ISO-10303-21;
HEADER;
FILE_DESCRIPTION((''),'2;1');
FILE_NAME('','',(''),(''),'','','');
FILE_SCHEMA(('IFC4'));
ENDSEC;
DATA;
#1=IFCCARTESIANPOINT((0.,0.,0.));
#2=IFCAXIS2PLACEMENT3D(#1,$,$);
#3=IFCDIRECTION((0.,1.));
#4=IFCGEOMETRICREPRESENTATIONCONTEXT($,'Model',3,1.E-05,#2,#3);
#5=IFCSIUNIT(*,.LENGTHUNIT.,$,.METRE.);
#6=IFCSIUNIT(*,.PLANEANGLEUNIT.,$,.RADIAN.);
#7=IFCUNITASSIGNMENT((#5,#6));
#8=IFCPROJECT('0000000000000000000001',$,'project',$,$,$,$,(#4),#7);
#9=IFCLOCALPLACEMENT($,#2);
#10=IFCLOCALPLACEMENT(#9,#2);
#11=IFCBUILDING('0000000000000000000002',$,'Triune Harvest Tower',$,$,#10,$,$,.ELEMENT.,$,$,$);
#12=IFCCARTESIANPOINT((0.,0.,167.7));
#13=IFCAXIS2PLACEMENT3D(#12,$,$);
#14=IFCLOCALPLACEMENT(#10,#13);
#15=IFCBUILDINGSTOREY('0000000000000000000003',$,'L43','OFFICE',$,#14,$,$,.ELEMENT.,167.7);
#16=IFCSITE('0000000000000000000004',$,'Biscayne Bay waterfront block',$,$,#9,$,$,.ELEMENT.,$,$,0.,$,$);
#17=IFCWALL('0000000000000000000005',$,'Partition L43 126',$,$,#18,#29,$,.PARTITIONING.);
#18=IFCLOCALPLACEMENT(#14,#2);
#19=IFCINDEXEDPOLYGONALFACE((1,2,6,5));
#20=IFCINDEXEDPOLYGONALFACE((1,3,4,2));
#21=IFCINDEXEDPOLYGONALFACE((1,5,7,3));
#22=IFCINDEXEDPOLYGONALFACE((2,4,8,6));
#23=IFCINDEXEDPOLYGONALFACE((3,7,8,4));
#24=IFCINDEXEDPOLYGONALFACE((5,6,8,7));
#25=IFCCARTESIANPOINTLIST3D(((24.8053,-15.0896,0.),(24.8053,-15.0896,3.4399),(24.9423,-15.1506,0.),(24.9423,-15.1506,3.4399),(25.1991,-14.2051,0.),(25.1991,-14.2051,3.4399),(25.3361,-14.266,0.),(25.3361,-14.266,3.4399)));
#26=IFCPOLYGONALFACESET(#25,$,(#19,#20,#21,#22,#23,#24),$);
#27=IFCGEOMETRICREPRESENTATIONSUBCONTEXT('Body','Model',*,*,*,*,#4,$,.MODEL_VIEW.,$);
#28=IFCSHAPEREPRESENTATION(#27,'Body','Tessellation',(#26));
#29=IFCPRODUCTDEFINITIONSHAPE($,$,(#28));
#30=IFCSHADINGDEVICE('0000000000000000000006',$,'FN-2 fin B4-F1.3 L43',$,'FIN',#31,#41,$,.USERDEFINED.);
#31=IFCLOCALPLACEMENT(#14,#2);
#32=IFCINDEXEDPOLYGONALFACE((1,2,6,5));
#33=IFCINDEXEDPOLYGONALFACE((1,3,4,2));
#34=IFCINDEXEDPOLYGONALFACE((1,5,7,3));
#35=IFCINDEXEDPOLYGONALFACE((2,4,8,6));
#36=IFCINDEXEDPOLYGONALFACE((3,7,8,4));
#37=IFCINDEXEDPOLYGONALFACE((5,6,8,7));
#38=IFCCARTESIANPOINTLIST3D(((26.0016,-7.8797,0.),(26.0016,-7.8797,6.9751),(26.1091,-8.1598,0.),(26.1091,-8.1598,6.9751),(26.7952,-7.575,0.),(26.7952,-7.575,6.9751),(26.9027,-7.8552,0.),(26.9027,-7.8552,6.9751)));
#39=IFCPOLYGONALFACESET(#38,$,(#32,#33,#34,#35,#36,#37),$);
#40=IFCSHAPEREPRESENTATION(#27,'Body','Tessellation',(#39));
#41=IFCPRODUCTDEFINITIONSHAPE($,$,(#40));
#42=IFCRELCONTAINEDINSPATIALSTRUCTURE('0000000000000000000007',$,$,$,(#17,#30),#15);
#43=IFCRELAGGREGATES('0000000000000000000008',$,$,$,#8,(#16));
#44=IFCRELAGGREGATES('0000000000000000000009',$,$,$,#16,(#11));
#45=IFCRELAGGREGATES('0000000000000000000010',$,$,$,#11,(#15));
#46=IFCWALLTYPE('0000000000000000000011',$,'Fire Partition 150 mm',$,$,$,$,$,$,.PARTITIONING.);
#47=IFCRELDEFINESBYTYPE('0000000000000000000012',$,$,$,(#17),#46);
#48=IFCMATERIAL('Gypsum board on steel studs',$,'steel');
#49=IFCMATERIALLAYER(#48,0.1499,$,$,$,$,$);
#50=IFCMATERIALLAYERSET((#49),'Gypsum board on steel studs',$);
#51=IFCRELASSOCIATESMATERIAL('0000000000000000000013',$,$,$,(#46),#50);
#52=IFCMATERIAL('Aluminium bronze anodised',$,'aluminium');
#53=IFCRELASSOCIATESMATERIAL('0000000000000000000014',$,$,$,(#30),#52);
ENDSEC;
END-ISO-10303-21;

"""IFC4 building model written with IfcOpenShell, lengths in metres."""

from ifc_helpers import new_model, si_unit, direction, frame, frame_2d, origin, origin_2d, place, context, subcontext, project, spatial, rectangle, extrude, source, transform, mapped, material, layer, layer_set, type_object, element, save


model = new_model("IFC4")

# Units and contexts
model_context = context("Model", 3, precision=1e-05, world=origin(), true_north=direction((0.0, 1.0)))
body_context = subcontext(model_context, "Body", "Model", "MODEL_VIEW")
ifc_project = project(units=[si_unit("LENGTHUNIT", "METRE"), si_unit("PLANEANGLEUNIT", "RADIAN")], contexts=[model_context])

# Site, building, storey
site_placement = place(None, origin())
site = spatial("IfcSite", under=ifc_project, at=site_placement, Name="Biscayne Bay waterfront block", CompositionType="ELEMENT", RefElevation=0.0)
building_placement = place(site_placement, origin())
building = spatial("IfcBuilding", under=site, at=building_placement, Name="Triune Harvest Tower", CompositionType="ELEMENT")
storey_placement = place(building_placement, frame((0.0, 0.0, 167.7)))
storey = spatial("IfcBuildingStorey", under=building, at=storey_placement, Name="L43", Description="OFFICE", CompositionType="ELEMENT", Elevation=167.7)

# Shared definitions
ifc_material_1 = material(Name="Gypsum board on steel studs", Category="steel")
ifc_layer_1 = layer(ifc_material_1, 0.1499)
ifc_layer_set_1 = layer_set([ifc_layer_1], Name="Gypsum board on steel studs")
wall_type_1 = type_object("IfcWallType", Name="Fire Partition 150 mm", PredefinedType="PARTITIONING", material=ifc_layer_set_1)

# Wall
shared_shape_1 = source(origin(), body_context, "Body", "SweptSolid", [
    extrude(rectangle(XDim=0.9683, YDim=0.1499, at=frame_2d((0.4841, 0.0))), origin(), (0.0, 0.0, 1.0), 3.4399),
])
wall_1_placement = place(storey_placement, frame((24.8738, -15.1201, 0.0), z_axis=(0.0, 0.0, 1.0), x_axis=(0.406723, 0.913551, 0.0)))
element("IfcWall", 1, at=wall_1_placement, inside=storey, type_object=wall_type_1, Name="Partition L43 126", PredefinedType="PARTITIONING", context=body_context, shape_type="MappedRepresentation", body=[
    mapped(shared_shape_1, transform((0.0, 0.0, 0.0), scale=1.0)),
])

# Shading device
ifc_material_2 = material(Name="Aluminium bronze anodised", Category="aluminium")
shared_shape_2 = source(origin(), body_context, "Body", "SweptSolid", [
    extrude(rectangle(XDim=0.3, YDim=0.8501, at=origin_2d()), origin(), (0.0, 0.0, 1.0), 6.9751),
])
shading_device_placement = place(storey_placement, frame((26.4521, -7.8674, 0.0), z_axis=(0.0, 0.0, 1.0), x_axis=(-0.358369, 0.93358, 0.0)))
element("IfcShadingDevice", 2, at=shading_device_placement, inside=storey, material=ifc_material_2, Name="FN-2 fin B4-F1.3 L43", ObjectType="FIN", PredefinedType="USERDEFINED", context=body_context, shape_type="MappedRepresentation", body=[
    mapped(shared_shape_2, transform((0.0, 0.0, 0.0), scale=1.0)),
])

save(model, "model.ifc")
